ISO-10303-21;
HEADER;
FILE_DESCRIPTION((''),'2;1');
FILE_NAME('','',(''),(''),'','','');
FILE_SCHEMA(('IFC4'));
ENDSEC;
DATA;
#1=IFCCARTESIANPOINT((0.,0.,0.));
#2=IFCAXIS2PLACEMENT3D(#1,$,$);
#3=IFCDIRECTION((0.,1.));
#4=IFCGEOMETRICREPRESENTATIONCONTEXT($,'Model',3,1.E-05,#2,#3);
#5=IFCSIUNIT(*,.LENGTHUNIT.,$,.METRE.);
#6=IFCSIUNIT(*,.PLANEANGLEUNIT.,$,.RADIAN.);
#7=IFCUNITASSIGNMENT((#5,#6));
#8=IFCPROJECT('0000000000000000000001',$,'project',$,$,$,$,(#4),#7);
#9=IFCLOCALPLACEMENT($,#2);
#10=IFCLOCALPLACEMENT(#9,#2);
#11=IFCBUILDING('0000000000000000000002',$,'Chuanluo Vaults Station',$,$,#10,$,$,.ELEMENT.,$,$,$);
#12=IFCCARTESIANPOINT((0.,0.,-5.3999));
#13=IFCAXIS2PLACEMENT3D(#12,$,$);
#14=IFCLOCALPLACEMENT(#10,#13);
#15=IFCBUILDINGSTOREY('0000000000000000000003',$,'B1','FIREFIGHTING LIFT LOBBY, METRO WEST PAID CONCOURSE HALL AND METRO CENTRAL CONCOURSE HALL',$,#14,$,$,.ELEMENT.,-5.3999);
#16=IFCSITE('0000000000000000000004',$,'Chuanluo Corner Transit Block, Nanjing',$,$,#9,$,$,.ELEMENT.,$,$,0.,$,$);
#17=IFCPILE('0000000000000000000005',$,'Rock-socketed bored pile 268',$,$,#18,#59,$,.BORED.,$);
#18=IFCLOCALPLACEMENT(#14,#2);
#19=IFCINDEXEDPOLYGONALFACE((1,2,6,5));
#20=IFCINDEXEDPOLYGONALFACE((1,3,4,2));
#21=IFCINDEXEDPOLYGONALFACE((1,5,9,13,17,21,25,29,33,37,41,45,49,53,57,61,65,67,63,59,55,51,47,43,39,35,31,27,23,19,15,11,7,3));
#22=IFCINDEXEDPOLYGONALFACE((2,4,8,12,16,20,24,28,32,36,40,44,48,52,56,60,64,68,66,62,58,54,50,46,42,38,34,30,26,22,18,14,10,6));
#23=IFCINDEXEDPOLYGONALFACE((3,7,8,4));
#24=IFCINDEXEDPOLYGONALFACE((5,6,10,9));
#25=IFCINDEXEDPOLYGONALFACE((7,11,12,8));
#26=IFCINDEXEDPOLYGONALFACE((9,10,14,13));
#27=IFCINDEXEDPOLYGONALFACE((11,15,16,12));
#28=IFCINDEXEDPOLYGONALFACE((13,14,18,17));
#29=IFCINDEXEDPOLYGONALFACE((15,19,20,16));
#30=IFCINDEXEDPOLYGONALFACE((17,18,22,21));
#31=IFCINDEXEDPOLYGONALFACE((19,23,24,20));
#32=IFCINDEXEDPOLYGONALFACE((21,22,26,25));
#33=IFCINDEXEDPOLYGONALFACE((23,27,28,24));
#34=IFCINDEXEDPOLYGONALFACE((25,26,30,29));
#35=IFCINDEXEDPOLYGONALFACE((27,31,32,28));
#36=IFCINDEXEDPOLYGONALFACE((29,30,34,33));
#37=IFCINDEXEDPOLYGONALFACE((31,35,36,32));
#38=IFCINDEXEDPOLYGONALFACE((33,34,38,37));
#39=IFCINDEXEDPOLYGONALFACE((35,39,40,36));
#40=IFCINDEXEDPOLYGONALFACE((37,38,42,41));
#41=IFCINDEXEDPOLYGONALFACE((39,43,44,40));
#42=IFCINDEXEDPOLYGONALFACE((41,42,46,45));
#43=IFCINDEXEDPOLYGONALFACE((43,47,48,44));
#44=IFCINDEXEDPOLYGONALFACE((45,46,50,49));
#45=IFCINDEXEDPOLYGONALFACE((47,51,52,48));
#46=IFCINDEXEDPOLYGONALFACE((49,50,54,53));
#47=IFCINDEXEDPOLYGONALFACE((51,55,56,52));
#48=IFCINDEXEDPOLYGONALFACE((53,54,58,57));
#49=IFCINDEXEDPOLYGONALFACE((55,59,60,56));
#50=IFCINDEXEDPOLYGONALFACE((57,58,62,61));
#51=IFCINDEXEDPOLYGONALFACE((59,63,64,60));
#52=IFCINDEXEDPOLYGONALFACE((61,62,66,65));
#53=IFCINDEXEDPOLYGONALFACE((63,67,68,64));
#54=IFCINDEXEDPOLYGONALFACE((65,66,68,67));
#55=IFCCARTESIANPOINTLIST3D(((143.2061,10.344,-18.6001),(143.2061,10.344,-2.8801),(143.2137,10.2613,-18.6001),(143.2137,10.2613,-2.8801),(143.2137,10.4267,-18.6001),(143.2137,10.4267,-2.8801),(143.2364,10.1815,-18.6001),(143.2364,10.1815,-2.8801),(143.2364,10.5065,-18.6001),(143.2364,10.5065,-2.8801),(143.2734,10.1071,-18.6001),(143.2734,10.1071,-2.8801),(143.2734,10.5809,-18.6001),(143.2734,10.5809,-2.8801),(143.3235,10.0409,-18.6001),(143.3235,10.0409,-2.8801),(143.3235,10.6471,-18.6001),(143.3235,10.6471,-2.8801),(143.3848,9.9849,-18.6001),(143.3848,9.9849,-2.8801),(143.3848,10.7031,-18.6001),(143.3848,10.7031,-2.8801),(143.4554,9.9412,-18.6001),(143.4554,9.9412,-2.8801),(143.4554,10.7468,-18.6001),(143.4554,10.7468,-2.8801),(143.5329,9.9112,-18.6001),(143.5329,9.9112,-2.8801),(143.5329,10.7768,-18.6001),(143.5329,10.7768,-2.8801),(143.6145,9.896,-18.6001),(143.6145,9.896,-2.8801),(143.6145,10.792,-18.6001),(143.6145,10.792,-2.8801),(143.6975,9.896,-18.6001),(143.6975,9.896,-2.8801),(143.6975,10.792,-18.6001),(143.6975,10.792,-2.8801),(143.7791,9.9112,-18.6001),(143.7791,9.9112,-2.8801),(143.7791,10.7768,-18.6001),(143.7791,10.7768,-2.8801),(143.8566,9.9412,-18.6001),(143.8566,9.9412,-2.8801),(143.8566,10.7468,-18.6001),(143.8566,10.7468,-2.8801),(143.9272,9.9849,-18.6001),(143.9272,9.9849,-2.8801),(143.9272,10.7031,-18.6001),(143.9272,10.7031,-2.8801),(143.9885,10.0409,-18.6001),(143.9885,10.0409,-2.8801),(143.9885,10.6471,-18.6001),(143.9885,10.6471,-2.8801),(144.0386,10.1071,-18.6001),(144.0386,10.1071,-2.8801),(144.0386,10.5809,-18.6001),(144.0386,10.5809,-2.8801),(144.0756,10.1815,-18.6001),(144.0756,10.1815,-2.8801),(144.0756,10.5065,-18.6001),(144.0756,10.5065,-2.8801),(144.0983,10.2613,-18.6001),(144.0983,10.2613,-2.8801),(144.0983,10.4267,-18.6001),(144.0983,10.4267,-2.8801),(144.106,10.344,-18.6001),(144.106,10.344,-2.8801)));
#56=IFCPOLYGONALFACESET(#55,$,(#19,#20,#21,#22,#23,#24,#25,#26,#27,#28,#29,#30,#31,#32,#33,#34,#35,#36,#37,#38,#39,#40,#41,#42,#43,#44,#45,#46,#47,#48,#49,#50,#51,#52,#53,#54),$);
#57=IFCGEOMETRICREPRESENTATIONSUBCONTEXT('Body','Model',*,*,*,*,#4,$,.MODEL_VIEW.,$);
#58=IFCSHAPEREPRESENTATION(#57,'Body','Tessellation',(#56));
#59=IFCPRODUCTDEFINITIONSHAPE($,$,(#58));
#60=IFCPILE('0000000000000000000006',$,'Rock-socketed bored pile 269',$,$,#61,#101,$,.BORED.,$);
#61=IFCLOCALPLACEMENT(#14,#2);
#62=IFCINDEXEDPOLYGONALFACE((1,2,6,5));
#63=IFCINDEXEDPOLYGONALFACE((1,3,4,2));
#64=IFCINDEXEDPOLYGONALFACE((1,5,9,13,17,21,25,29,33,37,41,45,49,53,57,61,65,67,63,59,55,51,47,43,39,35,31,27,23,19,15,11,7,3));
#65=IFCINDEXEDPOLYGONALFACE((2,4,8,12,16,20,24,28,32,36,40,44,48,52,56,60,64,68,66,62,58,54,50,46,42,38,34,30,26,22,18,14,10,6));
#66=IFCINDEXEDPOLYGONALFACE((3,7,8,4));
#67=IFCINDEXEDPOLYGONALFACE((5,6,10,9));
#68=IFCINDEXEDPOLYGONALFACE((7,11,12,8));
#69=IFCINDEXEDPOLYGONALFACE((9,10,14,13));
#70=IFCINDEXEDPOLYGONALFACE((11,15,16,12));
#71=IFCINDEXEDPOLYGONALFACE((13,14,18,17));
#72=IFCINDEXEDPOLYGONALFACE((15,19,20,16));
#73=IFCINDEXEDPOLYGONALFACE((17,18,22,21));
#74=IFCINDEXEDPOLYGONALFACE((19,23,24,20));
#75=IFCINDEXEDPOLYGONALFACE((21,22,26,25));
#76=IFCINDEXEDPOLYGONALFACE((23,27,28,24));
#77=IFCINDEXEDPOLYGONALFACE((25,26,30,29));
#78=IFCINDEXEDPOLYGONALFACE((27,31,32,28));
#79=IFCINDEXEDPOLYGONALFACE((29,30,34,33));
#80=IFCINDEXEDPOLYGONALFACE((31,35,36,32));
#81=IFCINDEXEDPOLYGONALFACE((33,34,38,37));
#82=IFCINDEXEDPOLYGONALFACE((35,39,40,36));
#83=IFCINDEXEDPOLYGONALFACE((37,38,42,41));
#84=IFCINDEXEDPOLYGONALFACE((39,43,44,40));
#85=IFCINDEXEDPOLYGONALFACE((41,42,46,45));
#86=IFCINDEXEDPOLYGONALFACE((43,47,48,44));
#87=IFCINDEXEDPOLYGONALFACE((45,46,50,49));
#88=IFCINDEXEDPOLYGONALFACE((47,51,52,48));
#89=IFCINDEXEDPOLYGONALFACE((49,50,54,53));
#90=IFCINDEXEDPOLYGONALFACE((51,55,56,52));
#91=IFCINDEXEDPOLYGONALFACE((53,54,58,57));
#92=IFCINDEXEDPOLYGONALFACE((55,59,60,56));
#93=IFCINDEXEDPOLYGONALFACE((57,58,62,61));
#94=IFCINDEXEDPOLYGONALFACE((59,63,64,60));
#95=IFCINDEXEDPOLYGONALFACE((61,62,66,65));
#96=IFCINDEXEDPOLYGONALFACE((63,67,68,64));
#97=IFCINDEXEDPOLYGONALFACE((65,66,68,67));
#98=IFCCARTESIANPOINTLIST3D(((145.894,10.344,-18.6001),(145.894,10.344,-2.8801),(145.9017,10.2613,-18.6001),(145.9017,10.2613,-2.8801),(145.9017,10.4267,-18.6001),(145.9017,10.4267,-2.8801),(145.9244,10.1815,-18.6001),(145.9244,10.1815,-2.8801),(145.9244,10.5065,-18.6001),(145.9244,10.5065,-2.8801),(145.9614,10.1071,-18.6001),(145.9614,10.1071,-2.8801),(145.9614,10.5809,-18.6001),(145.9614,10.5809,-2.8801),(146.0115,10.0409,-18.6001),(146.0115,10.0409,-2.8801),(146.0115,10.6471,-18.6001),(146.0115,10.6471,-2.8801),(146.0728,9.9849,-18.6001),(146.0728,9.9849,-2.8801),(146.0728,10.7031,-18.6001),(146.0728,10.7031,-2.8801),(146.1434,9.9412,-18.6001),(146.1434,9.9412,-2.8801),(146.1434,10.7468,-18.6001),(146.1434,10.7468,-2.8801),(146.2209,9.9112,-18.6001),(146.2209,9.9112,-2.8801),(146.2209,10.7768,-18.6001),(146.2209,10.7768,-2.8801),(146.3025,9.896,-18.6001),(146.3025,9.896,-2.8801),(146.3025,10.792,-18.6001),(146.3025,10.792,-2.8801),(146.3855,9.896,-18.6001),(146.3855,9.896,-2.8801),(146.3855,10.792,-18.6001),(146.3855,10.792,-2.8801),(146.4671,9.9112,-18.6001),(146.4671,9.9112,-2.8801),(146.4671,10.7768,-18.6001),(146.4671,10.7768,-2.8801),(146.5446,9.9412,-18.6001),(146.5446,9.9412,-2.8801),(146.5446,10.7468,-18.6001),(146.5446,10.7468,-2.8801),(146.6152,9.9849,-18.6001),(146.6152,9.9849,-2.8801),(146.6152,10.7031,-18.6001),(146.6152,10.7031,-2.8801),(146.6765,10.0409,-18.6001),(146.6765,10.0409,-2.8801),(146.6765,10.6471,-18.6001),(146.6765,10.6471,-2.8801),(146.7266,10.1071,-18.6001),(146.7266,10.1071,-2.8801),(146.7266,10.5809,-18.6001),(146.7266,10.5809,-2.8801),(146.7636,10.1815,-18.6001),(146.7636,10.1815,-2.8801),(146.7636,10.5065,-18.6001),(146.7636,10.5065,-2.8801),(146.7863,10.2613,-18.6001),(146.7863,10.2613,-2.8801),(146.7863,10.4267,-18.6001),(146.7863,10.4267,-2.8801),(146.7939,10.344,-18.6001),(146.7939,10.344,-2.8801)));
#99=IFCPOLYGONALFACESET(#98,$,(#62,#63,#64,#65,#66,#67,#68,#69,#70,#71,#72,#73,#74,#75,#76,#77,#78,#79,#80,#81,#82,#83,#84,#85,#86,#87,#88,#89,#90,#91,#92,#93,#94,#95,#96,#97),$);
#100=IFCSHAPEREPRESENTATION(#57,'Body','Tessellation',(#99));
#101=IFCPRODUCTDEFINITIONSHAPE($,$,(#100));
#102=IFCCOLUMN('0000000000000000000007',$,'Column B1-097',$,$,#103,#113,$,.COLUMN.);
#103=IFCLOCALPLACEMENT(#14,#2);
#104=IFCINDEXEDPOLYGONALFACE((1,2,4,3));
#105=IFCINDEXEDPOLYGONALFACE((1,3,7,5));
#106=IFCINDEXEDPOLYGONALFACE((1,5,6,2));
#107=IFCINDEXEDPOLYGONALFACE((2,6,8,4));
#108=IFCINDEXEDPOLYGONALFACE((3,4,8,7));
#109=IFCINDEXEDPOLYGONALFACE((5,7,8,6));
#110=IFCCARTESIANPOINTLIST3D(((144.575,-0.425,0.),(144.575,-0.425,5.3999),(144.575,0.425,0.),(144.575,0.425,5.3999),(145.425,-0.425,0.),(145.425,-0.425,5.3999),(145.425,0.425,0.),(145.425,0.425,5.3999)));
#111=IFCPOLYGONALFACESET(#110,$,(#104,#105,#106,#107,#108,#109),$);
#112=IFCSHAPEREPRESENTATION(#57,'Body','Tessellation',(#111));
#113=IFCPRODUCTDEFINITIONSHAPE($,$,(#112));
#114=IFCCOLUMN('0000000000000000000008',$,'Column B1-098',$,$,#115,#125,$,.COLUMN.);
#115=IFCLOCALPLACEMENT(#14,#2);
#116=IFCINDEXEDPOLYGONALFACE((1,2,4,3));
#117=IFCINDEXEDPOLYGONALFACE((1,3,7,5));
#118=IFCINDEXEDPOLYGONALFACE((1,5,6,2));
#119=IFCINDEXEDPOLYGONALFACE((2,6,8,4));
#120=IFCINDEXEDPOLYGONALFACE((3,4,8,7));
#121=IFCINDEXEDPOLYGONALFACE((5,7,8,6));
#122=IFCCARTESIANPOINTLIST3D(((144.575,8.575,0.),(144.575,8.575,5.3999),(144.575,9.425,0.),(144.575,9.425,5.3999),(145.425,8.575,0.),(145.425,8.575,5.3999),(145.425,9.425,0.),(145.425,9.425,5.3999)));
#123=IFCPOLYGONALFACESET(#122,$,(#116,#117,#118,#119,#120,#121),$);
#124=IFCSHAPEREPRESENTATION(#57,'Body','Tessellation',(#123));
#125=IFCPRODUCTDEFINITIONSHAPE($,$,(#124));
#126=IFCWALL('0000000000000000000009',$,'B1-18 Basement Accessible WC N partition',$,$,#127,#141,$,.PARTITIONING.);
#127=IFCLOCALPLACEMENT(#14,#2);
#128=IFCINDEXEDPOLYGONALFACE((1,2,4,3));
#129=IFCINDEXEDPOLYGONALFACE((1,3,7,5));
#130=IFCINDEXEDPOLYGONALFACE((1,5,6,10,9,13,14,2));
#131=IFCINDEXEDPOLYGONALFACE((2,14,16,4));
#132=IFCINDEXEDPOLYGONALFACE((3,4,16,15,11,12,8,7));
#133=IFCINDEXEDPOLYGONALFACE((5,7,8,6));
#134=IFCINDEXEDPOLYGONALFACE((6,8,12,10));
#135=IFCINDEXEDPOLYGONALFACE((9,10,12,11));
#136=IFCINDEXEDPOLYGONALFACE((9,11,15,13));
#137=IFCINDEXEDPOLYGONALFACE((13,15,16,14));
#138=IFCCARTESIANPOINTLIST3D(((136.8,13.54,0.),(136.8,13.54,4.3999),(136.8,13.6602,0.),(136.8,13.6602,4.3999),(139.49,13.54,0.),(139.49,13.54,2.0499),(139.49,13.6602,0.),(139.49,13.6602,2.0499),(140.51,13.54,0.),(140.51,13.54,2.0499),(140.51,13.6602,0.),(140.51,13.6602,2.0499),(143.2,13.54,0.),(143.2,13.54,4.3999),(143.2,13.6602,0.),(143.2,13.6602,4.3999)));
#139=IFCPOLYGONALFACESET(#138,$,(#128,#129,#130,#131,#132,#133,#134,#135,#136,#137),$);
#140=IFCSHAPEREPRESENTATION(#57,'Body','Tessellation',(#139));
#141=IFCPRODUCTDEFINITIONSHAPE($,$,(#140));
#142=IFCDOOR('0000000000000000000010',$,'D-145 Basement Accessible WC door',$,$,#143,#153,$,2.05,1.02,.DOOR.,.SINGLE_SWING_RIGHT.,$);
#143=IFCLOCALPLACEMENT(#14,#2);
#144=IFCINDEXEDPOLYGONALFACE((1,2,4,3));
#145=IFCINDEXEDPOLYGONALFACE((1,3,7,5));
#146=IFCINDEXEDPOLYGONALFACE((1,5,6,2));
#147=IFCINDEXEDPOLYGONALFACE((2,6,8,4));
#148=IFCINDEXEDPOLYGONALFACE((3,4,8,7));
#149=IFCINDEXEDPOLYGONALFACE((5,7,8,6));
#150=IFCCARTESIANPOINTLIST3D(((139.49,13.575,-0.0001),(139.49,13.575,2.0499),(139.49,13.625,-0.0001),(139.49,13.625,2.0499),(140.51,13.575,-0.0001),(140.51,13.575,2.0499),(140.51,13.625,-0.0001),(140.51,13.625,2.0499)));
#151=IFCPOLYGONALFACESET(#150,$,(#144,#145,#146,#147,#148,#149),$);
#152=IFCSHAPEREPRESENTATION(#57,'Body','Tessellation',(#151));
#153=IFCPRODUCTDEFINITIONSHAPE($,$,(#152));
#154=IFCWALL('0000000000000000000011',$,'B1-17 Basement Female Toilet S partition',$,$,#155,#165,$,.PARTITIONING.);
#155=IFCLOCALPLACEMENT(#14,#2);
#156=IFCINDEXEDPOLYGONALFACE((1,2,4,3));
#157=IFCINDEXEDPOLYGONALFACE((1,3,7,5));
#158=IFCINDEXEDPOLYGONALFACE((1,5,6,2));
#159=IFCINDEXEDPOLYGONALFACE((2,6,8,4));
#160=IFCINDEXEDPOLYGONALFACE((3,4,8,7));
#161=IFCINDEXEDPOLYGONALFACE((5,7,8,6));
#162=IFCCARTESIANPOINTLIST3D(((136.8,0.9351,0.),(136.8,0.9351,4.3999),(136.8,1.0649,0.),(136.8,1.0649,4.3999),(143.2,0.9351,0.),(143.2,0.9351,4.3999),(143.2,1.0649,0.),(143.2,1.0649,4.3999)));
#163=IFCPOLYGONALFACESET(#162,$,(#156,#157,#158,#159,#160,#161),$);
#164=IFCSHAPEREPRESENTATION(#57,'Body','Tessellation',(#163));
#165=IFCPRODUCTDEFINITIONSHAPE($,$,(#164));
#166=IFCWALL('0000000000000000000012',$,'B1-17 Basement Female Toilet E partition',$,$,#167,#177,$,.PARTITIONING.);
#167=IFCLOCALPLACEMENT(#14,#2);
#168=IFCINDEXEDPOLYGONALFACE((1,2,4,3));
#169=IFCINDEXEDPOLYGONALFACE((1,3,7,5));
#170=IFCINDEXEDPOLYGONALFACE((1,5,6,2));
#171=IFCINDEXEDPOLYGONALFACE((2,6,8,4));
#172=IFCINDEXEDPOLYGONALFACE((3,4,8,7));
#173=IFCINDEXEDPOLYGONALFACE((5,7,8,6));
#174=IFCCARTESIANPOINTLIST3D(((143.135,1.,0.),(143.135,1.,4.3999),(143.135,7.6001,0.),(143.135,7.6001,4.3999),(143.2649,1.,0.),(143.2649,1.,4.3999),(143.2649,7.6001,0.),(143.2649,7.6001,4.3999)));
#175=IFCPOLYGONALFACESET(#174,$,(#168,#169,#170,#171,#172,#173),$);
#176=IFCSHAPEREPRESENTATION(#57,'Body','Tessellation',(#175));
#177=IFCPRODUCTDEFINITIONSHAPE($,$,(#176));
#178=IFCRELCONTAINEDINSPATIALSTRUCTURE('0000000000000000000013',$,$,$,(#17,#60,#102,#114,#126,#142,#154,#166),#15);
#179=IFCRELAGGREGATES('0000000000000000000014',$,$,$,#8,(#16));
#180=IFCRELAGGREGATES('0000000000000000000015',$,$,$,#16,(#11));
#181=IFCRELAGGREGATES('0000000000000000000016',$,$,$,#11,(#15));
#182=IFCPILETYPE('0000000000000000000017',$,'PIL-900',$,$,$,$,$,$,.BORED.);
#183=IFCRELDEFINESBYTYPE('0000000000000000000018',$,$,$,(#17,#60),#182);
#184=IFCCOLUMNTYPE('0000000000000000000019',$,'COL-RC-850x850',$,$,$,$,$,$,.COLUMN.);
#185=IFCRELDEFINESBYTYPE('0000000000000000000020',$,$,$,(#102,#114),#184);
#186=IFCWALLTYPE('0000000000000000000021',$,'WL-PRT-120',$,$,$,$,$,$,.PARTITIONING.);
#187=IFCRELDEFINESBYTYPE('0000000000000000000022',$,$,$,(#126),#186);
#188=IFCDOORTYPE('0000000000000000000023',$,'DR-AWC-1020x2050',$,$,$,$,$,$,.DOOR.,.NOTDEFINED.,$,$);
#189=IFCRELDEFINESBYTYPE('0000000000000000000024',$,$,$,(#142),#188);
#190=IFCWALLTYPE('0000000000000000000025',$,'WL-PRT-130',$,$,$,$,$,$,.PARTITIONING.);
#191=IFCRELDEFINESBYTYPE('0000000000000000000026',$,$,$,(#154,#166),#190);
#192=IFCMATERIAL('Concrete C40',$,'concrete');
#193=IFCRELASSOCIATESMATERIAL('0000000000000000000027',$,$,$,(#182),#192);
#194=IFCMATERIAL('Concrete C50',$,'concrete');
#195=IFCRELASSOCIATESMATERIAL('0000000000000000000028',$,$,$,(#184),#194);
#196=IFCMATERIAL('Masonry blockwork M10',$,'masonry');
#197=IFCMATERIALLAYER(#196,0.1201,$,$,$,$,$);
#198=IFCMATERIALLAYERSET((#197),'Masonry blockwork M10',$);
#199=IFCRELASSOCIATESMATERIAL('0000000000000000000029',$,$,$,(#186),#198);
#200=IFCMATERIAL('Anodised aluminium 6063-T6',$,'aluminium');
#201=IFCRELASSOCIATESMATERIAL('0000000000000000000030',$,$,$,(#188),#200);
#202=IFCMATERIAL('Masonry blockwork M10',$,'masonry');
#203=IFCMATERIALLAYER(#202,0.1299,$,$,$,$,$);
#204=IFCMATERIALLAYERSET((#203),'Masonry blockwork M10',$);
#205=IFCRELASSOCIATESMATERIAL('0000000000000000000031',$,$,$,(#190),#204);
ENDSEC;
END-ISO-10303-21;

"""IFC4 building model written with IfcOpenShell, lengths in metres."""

from ifc_helpers import new_model, si_unit, direction, frame, frame_2d, origin, origin_2d, place, context, subcontext, project, spatial, rectangle, circle, extrude, material, layer, layer_set, material_profile, profile_set, type_object, element, fill, save


model = new_model("IFC4")

# Units and contexts
model_context = context("Model", 3, precision=1e-05, world=origin(), true_north=direction((0.0, 1.0)))
body_context = subcontext(model_context, "Body", "Model", "MODEL_VIEW")
ifc_project = project(units=[si_unit("LENGTHUNIT", "METRE"), si_unit("PLANEANGLEUNIT", "RADIAN")], contexts=[model_context])

# Site, building, storey
site_placement = place(None, origin())
site = spatial("IfcSite", under=ifc_project, at=site_placement, Name="Chuanluo Corner Transit Block, Nanjing", CompositionType="ELEMENT", RefElevation=0.0)
building_placement = place(site_placement, origin())
building = spatial("IfcBuilding", under=site, at=building_placement, Name="Chuanluo Vaults Station", CompositionType="ELEMENT")
storey_placement = place(building_placement, frame((0.0, 0.0, -5.3999)))
storey = spatial("IfcBuildingStorey", under=building, at=storey_placement, Name="B1", Description="FIREFIGHTING LIFT LOBBY, METRO WEST PAID CONCOURSE HALL AND METRO CENTRAL CONCOURSE HALL", CompositionType="ELEMENT", Elevation=-5.3999)

# Piles
ifc_material_1 = material(Name="Concrete C40", Category="concrete")
ifc_material_profile_1 = material_profile(ifc_material_1, circle(Radius=0.45, at=origin_2d()))
ifc_profile_set_1 = profile_set([ifc_material_profile_1], Name="Concrete C40")
pile_type_1 = type_object("IfcPileType", Name="PIL-900", PredefinedType="BORED", material=ifc_profile_set_1)
for number, where, z_axis, x_axis, name in (
    (1, (143.656, 10.344, -2.8801), (0.0, 0.0, -1.0), (1.0, 0.0, 0.0), "Rock-socketed bored pile 268"),
    (2, (146.344, 10.344, -2.8801), (0.0, 0.0, -1.0), (1.0, 0.0, 0.0), "Rock-socketed bored pile 269"),
):
    element("IfcPile", number, at=place(storey_placement, frame(where, z_axis=z_axis, x_axis=x_axis)), inside=storey, type_object=pile_type_1, Name=name, PredefinedType="BORED", context=body_context, shape_type="SweptSolid", body=[
        extrude(circle(Radius=0.45, at=origin_2d()), origin(), (0.0, 0.0, 1.0), 15.72),
    ])

# Columns
ifc_material_2 = material(Name="Concrete C50", Category="concrete")
ifc_material_profile_2 = material_profile(ifc_material_2, rectangle(XDim=0.8501, YDim=0.8501, at=origin_2d()))
ifc_profile_set_2 = profile_set([ifc_material_profile_2], Name="Concrete C50")
column_type = type_object("IfcColumnType", Name="COL-RC-850x850", PredefinedType="COLUMN", material=ifc_profile_set_2)
for number, where, z_axis, x_axis, name in (
    (3, (145.0, 0.0, 0.0), (0.0, 0.0, 1.0), (1.0, 0.0, 0.0), "Column B1-097"),
    (4, (145.0, 9.0, 0.0), (0.0, 0.0, 1.0), (1.0, 0.0, 0.0), "Column B1-098"),
):
    element("IfcColumn", number, at=place(storey_placement, frame(where, z_axis=z_axis, x_axis=x_axis)), inside=storey, type_object=column_type, Name=name, PredefinedType="COLUMN", context=body_context, shape_type="SweptSolid", body=[
        extrude(rectangle(XDim=0.8501, YDim=0.8501, at=origin_2d()), origin(), (0.0, 0.0, 1.0), 5.3999),
    ])

# Wall, opening, door
ifc_material_3 = material(Name="Masonry blockwork M10", Category="masonry")
ifc_layer_1 = layer(ifc_material_3, 0.1201)
ifc_layer_set_1 = layer_set([ifc_layer_1], Name="Masonry blockwork M10")
wall_type_1 = type_object("IfcWallType", Name="WL-PRT-120", PredefinedType="PARTITIONING", material=ifc_layer_set_1)
wall_1_placement = place(storey_placement, frame((136.8, 13.6001, 0.0), z_axis=(0.0, 0.0, 1.0), x_axis=(1.0, 0.0, 0.0)))
wall_1 = element("IfcWall", 5, at=wall_1_placement, inside=storey, type_object=wall_type_1, Name="B1-18 Basement Accessible WC N partition", PredefinedType="PARTITIONING", context=body_context, shape_type="SweptSolid", body=[
    extrude(rectangle(XDim=6.3999, YDim=0.1201, at=frame_2d((3.2, 0.0))), origin(), (0.0, 0.0, 1.0), 4.3999),
])
opening_1_placement = place(wall_1_placement, frame((2.6899, 0.0, 0.0)))
opening_1 = element("IfcOpeningElement", 6, at=opening_1_placement, cuts=wall_1, PredefinedType="OPENING", context=body_context, shape_type="SweptSolid", body=[
    extrude(rectangle(XDim=1.02, YDim=2.05, at=frame_2d((0.51, 1.0249))), frame((0.0, 0.0701, 0.0), z_axis=(0.0, -1.0, 0.0), x_axis=(1.0, 0.0, 0.0)), (0.0, 0.0, 1.0), 0.1401),
])
ifc_material_4 = material(Name="Anodised aluminium 6063-T6", Category="aluminium")
door_type_1 = type_object("IfcDoorType", Name="DR-AWC-1020x2050", OperationType="NOTDEFINED", PredefinedType="DOOR", material=ifc_material_4)
door_1_placement = place(opening_1_placement, origin())
door_1 = element("IfcDoor", 7, at=door_1_placement, inside=storey, type_object=door_type_1, Name="D-145 Basement Accessible WC door", OperationType="SINGLE_SWING_RIGHT", OverallHeight=2.05, OverallWidth=1.02, PredefinedType="DOOR", context=body_context, shape_type="SweptSolid", body=[
    extrude(rectangle(XDim=1.02, YDim=2.05, at=frame_2d((0.51, 1.0249))), frame((0.0, 0.0249, 0.0), z_axis=(0.0, -1.0, 0.0), x_axis=(1.0, 0.0, 0.0)), (0.0, 0.0, 1.0), 0.05),
])
fill(opening_1, door_1)

# Walls
ifc_material_5 = material(Name="Masonry blockwork M10", Category="masonry")
ifc_layer_2 = layer(ifc_material_5, 0.1299)
ifc_layer_set_2 = layer_set([ifc_layer_2], Name="Masonry blockwork M10")
wall_type_2 = type_object("IfcWallType", Name="WL-PRT-130", PredefinedType="PARTITIONING", material=ifc_layer_set_2)
wall_2_placement = place(storey_placement, frame((143.2, 1.0, 0.0), z_axis=(0.0, 0.0, 1.0), x_axis=(-1.0, 0.0, 0.0)))
element("IfcWall", 8, at=wall_2_placement, inside=storey, type_object=wall_type_2, Name="B1-17 Basement Female Toilet S partition", PredefinedType="PARTITIONING", context=body_context, shape_type="SweptSolid", body=[
    extrude(rectangle(XDim=6.3999, YDim=0.1299, at=frame_2d((3.2, 0.0))), origin(), (0.0, 0.0, 1.0), 4.3999),
])
wall_3_placement = place(storey_placement, frame((143.2, 7.6001, 0.0), z_axis=(0.0, 0.0, 1.0), x_axis=(0.0, -1.0, 0.0)))
element("IfcWall", 9, at=wall_3_placement, inside=storey, type_object=wall_type_2, Name="B1-17 Basement Female Toilet E partition", PredefinedType="PARTITIONING", context=body_context, shape_type="SweptSolid", body=[
    extrude(rectangle(XDim=6.6001, YDim=0.1299, at=frame_2d((3.3, 0.0))), origin(), (0.0, 0.0, 1.0), 4.3999),
])

save(model, "model.ifc")
